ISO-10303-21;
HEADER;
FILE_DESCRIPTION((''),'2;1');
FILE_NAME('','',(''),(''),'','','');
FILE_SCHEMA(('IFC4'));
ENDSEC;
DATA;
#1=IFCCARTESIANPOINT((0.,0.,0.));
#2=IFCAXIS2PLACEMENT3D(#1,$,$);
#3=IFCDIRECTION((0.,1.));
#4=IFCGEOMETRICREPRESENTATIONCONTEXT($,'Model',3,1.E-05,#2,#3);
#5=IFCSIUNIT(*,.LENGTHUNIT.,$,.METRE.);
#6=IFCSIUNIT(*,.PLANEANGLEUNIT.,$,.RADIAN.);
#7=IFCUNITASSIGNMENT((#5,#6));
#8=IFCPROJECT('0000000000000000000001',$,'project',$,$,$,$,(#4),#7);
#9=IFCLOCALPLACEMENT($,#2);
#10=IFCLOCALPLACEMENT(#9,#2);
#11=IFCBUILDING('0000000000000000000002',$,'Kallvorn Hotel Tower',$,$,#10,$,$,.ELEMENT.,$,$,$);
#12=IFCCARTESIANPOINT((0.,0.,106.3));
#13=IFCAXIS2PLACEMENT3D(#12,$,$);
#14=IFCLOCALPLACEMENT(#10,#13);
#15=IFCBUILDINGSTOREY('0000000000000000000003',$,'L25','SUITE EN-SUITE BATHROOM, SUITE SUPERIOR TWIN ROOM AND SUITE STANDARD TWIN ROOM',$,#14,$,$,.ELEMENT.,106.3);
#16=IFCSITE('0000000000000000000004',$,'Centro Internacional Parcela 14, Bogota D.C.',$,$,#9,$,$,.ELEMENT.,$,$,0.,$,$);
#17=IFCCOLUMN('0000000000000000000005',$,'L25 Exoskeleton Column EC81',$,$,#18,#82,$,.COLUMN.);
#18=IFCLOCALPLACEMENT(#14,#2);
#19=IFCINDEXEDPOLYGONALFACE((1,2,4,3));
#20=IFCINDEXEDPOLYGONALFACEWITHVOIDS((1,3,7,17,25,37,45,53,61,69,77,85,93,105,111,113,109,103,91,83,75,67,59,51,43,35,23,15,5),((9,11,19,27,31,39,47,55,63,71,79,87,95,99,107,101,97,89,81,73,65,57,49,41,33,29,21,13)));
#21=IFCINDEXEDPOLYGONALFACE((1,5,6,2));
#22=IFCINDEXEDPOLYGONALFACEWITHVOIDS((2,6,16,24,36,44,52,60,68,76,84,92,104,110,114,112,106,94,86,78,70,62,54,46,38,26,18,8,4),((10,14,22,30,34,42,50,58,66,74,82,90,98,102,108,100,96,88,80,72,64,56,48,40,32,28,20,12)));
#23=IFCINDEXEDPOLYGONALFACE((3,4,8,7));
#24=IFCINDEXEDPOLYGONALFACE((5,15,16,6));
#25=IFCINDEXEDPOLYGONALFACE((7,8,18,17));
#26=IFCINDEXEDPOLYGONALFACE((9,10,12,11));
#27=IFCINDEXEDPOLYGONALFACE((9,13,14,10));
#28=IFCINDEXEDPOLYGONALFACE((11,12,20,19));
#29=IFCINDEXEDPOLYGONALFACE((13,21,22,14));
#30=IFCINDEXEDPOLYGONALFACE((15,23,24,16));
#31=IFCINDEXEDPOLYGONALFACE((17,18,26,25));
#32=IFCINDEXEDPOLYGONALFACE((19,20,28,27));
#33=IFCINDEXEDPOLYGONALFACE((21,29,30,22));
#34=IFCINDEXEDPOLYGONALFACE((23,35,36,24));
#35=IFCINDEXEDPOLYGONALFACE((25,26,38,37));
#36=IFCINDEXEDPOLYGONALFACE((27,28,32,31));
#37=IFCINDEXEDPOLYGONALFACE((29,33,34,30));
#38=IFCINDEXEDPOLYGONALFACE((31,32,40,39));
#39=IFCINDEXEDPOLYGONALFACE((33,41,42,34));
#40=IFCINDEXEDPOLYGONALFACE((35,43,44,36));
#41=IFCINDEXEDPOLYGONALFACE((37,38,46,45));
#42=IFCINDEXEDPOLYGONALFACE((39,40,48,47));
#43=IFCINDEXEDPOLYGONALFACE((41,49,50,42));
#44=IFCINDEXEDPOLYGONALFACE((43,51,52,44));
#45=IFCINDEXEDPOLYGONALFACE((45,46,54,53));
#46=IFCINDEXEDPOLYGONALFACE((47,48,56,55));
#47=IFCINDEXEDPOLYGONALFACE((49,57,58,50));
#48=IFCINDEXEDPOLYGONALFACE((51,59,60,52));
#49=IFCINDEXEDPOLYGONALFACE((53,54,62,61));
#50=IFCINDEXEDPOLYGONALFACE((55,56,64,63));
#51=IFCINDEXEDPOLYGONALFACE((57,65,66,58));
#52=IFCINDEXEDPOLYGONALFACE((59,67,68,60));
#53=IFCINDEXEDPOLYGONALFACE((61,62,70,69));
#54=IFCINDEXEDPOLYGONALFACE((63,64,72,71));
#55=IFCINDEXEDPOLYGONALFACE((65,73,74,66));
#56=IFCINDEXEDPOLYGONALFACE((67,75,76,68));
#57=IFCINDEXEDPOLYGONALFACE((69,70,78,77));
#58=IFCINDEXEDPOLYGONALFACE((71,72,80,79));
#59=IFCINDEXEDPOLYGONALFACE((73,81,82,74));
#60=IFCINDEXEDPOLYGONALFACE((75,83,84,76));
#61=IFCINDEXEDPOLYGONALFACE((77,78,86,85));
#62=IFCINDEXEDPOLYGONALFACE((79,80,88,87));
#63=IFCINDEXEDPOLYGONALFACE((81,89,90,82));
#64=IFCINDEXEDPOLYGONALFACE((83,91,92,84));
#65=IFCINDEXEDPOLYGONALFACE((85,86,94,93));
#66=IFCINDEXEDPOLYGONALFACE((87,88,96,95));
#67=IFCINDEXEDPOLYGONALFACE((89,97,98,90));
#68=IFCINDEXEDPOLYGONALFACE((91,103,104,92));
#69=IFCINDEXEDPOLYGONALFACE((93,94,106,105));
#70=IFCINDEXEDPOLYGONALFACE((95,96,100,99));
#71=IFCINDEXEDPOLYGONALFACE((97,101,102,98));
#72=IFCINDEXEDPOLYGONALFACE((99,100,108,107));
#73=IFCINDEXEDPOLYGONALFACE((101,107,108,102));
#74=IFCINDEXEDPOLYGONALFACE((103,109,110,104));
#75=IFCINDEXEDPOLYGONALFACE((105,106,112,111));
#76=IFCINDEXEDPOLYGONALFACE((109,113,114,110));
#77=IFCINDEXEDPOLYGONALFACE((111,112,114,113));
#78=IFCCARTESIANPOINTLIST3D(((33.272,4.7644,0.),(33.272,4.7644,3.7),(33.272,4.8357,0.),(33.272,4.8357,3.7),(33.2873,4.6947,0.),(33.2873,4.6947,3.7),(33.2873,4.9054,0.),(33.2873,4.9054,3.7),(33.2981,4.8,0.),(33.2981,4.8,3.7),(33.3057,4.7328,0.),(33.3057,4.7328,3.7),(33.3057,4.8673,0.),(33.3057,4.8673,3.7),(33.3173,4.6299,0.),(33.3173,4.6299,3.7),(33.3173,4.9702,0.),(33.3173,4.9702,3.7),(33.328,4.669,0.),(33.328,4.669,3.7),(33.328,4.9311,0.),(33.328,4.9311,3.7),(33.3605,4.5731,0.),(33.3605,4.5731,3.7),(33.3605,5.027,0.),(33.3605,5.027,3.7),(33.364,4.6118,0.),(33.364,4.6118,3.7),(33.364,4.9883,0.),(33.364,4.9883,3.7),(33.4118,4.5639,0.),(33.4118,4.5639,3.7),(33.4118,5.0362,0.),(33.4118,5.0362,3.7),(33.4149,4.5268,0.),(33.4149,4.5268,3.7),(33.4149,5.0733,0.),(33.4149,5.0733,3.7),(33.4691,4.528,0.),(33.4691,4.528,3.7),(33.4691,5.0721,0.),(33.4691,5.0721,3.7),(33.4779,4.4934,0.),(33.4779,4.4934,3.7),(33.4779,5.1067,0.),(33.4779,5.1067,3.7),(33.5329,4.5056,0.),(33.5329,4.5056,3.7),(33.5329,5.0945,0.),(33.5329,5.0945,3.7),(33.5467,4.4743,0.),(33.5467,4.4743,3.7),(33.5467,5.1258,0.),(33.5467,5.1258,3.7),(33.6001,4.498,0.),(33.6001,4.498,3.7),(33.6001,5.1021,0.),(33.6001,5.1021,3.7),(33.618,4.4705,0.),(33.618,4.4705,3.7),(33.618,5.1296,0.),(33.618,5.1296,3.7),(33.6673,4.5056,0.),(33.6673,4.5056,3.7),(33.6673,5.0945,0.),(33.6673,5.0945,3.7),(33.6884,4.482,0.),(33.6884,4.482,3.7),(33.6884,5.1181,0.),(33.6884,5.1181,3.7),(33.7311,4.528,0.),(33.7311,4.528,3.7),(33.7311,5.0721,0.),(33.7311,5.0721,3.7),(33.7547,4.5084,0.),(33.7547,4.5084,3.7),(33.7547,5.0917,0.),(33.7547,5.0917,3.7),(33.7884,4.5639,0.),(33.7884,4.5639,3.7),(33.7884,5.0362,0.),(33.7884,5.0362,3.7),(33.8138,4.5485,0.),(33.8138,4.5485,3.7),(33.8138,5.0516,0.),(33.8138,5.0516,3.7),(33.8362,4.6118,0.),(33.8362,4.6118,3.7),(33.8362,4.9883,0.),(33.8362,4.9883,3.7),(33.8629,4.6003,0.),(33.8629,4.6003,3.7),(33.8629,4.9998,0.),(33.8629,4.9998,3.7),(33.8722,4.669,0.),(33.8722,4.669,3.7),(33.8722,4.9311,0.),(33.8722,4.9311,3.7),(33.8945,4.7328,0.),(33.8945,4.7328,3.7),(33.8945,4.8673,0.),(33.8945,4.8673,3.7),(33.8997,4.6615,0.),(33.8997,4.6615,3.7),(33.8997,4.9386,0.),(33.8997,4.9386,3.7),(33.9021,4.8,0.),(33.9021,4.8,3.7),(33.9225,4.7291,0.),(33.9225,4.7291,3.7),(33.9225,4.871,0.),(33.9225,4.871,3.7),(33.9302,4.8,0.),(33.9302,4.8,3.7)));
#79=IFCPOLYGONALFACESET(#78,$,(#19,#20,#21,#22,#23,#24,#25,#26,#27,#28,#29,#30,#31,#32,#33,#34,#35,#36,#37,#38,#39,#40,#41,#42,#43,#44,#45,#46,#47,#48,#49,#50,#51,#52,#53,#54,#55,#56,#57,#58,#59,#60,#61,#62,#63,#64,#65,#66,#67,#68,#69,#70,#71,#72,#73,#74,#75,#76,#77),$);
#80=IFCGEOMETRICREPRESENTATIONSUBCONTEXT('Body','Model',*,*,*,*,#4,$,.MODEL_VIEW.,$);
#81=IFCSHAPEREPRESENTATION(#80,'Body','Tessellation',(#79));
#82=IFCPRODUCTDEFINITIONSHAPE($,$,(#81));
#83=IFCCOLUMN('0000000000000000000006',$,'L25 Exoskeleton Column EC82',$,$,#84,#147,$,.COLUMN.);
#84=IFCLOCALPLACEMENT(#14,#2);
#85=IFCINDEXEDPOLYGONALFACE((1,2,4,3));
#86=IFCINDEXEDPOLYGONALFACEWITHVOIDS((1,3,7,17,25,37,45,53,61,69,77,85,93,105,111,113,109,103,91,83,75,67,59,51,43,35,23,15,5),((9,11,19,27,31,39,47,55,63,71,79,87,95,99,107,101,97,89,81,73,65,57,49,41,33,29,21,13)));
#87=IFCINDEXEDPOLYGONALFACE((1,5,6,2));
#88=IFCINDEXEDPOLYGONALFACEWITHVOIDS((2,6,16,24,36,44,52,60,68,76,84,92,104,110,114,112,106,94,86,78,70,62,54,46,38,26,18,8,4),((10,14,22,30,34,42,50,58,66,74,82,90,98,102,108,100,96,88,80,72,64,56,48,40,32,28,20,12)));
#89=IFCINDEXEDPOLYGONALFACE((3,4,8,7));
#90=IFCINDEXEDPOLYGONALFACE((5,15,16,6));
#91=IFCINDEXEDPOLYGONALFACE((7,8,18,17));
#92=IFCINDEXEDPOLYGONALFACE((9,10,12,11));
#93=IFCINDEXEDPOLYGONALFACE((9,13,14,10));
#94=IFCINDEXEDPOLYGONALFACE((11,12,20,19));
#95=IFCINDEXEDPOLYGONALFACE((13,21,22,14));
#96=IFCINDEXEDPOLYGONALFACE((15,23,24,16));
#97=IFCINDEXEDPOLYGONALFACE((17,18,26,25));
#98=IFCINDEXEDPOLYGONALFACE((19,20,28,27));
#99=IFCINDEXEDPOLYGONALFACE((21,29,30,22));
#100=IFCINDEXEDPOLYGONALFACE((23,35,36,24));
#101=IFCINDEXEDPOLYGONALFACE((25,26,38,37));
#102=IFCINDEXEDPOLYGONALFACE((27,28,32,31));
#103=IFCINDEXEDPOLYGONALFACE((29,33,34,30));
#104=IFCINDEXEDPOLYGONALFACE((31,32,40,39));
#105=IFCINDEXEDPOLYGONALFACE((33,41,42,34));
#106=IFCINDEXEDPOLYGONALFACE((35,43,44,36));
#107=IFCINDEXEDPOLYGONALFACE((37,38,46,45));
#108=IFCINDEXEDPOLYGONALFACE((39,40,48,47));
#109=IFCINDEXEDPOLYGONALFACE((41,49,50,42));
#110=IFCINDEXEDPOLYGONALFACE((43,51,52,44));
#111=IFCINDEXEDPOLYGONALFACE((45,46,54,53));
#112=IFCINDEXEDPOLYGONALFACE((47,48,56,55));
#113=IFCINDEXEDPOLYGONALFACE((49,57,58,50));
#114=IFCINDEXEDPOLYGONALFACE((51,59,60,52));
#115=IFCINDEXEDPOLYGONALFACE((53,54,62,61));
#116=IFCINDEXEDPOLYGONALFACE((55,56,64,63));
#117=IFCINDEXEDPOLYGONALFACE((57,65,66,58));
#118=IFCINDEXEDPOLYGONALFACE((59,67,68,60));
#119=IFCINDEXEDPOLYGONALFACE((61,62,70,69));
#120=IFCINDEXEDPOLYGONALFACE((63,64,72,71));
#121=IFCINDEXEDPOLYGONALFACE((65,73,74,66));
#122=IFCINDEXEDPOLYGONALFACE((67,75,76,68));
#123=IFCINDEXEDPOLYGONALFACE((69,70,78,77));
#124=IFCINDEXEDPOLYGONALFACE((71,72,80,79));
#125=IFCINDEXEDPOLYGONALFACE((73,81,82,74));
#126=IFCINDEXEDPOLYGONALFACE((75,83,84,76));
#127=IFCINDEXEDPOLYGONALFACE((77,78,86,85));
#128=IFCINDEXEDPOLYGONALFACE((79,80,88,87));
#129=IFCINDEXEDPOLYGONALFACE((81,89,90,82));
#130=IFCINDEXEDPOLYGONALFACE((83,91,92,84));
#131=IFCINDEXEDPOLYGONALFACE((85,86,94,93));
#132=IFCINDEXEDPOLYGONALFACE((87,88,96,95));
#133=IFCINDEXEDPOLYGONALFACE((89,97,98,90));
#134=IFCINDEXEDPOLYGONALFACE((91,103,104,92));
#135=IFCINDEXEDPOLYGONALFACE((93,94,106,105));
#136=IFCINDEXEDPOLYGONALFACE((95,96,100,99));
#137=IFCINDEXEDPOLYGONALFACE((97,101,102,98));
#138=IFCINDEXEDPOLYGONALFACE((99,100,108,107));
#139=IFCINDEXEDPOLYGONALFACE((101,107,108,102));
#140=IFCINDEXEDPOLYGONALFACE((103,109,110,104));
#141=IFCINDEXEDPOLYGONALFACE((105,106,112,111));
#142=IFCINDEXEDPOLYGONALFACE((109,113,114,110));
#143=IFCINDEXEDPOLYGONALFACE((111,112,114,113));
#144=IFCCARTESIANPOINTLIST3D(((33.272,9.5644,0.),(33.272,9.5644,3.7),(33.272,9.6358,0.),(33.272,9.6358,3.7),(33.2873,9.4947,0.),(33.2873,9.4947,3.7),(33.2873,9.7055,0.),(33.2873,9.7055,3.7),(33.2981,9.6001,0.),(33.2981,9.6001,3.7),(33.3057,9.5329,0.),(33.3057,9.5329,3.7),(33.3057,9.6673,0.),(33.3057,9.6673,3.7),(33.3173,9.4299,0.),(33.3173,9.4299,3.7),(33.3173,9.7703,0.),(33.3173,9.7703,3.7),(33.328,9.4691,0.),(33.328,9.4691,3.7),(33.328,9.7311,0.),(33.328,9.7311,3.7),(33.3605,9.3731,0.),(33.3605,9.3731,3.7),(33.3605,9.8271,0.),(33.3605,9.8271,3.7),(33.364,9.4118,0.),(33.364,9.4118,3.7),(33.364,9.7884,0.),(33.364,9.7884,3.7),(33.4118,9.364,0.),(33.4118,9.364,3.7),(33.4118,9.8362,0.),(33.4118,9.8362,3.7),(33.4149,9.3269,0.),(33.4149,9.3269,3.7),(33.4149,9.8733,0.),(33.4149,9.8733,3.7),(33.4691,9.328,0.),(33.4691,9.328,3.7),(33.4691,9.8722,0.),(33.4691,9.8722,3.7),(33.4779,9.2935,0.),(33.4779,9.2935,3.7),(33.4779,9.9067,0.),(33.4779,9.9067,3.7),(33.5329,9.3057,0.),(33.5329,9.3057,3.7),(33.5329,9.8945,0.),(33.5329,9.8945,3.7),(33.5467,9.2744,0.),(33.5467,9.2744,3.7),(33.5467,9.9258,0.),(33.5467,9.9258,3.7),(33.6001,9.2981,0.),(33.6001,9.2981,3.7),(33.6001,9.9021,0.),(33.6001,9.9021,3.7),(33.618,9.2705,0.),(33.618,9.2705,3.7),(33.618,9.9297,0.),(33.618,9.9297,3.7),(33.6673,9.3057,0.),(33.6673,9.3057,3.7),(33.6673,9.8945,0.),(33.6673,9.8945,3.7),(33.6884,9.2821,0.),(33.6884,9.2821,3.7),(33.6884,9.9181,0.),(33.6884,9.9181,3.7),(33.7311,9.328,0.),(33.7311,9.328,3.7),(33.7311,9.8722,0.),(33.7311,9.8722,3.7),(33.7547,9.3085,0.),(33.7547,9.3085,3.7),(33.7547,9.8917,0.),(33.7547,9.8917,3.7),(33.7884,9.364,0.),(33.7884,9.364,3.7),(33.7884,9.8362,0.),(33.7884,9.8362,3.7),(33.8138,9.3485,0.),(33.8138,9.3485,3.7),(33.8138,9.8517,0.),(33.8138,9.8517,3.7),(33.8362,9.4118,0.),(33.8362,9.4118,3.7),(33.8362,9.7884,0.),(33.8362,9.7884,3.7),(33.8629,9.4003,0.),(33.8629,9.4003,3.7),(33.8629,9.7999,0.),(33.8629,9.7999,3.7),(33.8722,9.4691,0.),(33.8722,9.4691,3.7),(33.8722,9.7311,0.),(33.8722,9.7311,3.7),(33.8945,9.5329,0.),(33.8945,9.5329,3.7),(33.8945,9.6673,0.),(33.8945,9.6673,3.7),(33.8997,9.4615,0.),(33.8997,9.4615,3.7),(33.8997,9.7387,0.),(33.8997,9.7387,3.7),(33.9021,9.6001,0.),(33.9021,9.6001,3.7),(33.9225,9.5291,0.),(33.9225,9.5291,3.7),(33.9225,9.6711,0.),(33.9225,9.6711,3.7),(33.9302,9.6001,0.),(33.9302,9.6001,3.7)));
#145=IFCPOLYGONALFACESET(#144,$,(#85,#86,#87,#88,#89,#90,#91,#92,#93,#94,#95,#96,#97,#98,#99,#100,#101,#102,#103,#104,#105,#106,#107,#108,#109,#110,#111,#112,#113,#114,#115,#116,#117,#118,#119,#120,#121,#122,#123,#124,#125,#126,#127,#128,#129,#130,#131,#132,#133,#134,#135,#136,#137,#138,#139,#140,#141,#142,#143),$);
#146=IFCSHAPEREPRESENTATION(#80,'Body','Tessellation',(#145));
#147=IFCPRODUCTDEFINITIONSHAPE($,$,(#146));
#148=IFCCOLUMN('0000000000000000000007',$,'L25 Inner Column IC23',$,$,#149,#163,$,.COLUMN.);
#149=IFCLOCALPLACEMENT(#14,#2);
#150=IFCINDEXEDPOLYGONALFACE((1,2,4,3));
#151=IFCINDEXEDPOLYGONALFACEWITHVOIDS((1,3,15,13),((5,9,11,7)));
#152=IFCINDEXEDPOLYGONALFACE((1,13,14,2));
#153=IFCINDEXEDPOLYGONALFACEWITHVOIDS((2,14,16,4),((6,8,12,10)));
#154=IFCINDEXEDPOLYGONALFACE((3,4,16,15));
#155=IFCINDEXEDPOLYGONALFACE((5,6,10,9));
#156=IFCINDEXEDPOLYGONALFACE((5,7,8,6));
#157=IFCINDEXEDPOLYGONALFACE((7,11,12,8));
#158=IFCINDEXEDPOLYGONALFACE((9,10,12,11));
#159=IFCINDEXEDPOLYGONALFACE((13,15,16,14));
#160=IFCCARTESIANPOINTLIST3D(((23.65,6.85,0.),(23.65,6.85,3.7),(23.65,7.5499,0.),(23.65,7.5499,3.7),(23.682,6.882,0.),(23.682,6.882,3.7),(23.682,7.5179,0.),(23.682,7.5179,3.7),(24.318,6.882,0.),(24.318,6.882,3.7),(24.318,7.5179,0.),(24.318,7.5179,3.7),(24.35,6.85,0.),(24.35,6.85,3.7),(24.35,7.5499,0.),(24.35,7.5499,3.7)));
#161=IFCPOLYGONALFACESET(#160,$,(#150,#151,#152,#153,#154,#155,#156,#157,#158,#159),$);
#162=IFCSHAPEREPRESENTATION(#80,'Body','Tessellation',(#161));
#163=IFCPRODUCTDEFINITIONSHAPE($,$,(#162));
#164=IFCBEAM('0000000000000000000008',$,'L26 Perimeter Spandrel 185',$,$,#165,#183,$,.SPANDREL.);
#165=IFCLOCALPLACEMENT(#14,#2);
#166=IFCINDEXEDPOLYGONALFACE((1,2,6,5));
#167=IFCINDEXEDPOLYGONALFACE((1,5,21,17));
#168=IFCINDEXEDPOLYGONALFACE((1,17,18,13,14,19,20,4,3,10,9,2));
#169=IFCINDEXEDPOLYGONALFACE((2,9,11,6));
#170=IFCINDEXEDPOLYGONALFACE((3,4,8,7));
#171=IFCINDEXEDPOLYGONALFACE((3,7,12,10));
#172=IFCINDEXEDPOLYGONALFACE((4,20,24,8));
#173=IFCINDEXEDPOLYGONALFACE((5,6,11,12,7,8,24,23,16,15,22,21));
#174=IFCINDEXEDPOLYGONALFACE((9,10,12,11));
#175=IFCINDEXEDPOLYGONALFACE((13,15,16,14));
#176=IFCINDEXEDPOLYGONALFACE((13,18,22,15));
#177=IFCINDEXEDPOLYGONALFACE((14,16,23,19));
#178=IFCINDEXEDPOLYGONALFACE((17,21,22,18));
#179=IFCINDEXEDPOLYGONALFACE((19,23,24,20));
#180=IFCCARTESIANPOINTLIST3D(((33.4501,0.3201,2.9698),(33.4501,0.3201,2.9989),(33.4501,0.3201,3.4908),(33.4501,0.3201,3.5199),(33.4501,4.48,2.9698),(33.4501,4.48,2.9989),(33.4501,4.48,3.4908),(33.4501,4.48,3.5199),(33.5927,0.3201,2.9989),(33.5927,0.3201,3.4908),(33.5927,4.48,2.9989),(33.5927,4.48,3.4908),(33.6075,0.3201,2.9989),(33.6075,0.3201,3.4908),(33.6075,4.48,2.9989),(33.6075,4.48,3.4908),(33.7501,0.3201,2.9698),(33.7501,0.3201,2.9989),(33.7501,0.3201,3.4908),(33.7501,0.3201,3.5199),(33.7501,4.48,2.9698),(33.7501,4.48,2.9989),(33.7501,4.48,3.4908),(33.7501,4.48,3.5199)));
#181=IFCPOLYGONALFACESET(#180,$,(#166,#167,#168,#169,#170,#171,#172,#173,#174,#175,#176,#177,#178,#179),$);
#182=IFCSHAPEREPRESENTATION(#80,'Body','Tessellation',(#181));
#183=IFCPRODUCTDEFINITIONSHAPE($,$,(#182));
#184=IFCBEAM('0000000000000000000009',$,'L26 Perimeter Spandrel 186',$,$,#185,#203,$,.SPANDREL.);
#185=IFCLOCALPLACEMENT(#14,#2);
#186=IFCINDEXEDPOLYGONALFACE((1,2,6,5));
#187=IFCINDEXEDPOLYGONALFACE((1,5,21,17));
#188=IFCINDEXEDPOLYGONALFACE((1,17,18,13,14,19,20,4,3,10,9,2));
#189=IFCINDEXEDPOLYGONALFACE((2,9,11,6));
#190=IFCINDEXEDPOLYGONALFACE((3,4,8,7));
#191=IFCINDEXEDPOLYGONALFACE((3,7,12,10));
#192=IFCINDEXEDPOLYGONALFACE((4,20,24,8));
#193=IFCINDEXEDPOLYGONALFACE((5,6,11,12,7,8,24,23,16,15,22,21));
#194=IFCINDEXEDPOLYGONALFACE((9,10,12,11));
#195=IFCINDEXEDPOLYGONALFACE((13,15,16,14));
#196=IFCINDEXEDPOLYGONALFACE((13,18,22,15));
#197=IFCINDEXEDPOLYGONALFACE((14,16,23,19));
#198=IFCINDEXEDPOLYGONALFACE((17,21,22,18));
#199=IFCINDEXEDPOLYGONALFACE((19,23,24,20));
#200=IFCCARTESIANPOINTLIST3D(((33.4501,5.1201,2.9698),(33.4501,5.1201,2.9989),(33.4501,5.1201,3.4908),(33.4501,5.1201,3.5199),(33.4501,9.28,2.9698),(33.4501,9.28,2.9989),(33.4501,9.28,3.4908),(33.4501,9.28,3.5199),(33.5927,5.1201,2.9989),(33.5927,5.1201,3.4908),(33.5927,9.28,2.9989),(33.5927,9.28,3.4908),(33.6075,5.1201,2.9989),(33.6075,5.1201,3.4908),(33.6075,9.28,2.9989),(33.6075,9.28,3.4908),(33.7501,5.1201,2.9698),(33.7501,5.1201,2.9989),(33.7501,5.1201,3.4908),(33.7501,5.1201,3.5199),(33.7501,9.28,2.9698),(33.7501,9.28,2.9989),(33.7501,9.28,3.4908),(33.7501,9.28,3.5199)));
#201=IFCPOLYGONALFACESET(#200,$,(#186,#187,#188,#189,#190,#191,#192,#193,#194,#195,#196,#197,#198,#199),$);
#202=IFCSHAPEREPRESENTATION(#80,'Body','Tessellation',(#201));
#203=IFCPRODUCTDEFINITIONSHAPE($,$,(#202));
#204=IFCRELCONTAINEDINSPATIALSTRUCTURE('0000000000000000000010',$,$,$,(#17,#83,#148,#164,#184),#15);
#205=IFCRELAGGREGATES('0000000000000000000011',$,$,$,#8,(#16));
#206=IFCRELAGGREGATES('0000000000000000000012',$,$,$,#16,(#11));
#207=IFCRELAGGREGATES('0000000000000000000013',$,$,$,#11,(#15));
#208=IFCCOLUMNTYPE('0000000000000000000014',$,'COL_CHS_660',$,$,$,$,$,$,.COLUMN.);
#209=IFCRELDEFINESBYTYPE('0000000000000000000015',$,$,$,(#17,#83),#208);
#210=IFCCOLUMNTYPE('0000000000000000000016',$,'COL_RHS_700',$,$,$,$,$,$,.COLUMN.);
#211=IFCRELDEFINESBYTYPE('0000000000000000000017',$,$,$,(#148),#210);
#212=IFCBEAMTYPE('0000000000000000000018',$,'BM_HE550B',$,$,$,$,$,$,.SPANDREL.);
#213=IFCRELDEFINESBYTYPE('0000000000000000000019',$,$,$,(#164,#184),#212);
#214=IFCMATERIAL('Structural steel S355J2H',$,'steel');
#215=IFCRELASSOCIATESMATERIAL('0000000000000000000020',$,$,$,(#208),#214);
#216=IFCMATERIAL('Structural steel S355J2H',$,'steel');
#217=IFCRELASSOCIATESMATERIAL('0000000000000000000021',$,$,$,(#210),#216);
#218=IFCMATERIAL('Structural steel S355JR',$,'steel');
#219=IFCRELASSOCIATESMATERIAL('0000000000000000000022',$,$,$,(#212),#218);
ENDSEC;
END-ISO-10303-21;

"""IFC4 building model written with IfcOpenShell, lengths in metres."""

from ifc_helpers import new_model, si_unit, direction, frame, origin, origin_2d, place, context, subcontext, project, spatial, hollow_rectangle, hollow_circle, i_section, extrude, material, material_profile, profile_set, type_object, element, save


model = new_model("IFC4")

# Units and contexts
model_context = context("Model", 3, precision=1e-05, world=origin(), true_north=direction((0.0, 1.0)))
body_context = subcontext(model_context, "Body", "Model", "MODEL_VIEW")
ifc_project = project(units=[si_unit("LENGTHUNIT", "METRE"), si_unit("PLANEANGLEUNIT", "RADIAN")], contexts=[model_context])

# Site, building, storey
site_placement = place(None, origin())
site = spatial("IfcSite", under=ifc_project, at=site_placement, Name="Centro Internacional Parcela 14, Bogota D.C.", CompositionType="ELEMENT", RefElevation=0.0)
building_placement = place(site_placement, origin())
building = spatial("IfcBuilding", under=site, at=building_placement, Name="Kallvorn Hotel Tower", CompositionType="ELEMENT")
storey_placement = place(building_placement, frame((0.0, 0.0, 106.3)))
storey = spatial("IfcBuildingStorey", under=building, at=storey_placement, Name="L25", Description="SUITE EN-SUITE BATHROOM, SUITE SUPERIOR TWIN ROOM AND SUITE STANDARD TWIN ROOM", CompositionType="ELEMENT", Elevation=106.3)

# Columns
ifc_material_1 = material(Name="Structural steel S355J2H", Category="steel")
ifc_material_profile_1 = material_profile(ifc_material_1, hollow_circle(Radius=0.3301, WallThickness=0.0281, at=origin_2d()), Name="CHS 660x28")
ifc_profile_set_1 = profile_set([ifc_material_profile_1], Name="Structural steel S355J2H")
column_type_1 = type_object("IfcColumnType", Name="COL_CHS_660", PredefinedType="COLUMN", material=ifc_profile_set_1)
for number, where, z_axis, x_axis, name in (
    (1, (33.6001, 4.8, 0.0), (0.0, 0.0, 1.0), (1.0, 0.0, 0.0), "L25 Exoskeleton Column EC81"),
    (2, (33.6001, 9.6001, 0.0), (0.0, 0.0, 1.0), (1.0, 0.0, 0.0), "L25 Exoskeleton Column EC82"),
):
    element("IfcColumn", number, at=place(storey_placement, frame(where, z_axis=z_axis, x_axis=x_axis)), inside=storey, type_object=column_type_1, Name=name, PredefinedType="COLUMN", context=body_context, shape_type="SweptSolid", body=[
        extrude(hollow_circle(Radius=0.3301, WallThickness=0.0281, at=origin_2d()), origin(), (0.0, 0.0, 1.0), 3.7),
    ])
ifc_material_2 = material(Name="Structural steel S355J2H", Category="steel")
ifc_material_profile_2 = material_profile(ifc_material_2, hollow_rectangle(XDim=0.7, YDim=0.7, WallThickness=0.032, at=origin_2d()), Name="RHS 700x700x32")
ifc_profile_set_2 = profile_set([ifc_material_profile_2], Name="Structural steel S355J2H")
column_type_2 = type_object("IfcColumnType", Name="COL_RHS_700", PredefinedType="COLUMN", material=ifc_profile_set_2)
column_placement = place(storey_placement, frame((24.0, 7.2, 0.0), z_axis=(0.0, 0.0, 1.0), x_axis=(1.0, 0.0, 0.0)))
element("IfcColumn", 3, at=column_placement, inside=storey, type_object=column_type_2, Name="L25 Inner Column IC23", PredefinedType="COLUMN", context=body_context, shape_type="SweptSolid", body=[
    extrude(hollow_rectangle(XDim=0.7, YDim=0.7, WallThickness=0.032, at=origin_2d()), origin(), (0.0, 0.0, 1.0), 3.7),
])

# Beams
ifc_material_3 = material(Name="Structural steel S355JR", Category="steel")
ifc_material_profile_3 = material_profile(ifc_material_3, i_section(OverallWidth=0.3, OverallDepth=0.55, WebThickness=0.0149, FlangeThickness=0.0291, at=origin_2d()), Name="HE 550 B")
ifc_profile_set_3 = profile_set([ifc_material_profile_3], Name="Structural steel S355JR")
beam_type_1 = type_object("IfcBeamType", Name="BM_HE550B", PredefinedType="SPANDREL", material=ifc_profile_set_3)
for number, where, z_axis, x_axis, name in (
    (4, (33.6001, 0.3201, 3.2449), (0.0, 1.0, 0.0), (-1.0, 0.0, 0.0), "L26 Perimeter Spandrel 185"),
    (5, (33.6001, 5.1201, 3.2449), (0.0, 1.0, 0.0), (-1.0, 0.0, 0.0), "L26 Perimeter Spandrel 186"),
):
    element("IfcBeam", number, at=place(storey_placement, frame(where, z_axis=z_axis, x_axis=x_axis)), inside=storey, type_object=beam_type_1, Name=name, PredefinedType="SPANDREL", context=body_context, shape_type="SweptSolid", body=[
        extrude(i_section(OverallWidth=0.3, OverallDepth=0.55, WebThickness=0.0149, FlangeThickness=0.0291, at=origin_2d()), origin(), (0.0, 0.0, 1.0), 4.1599),
    ])

save(model, "model.ifc")
